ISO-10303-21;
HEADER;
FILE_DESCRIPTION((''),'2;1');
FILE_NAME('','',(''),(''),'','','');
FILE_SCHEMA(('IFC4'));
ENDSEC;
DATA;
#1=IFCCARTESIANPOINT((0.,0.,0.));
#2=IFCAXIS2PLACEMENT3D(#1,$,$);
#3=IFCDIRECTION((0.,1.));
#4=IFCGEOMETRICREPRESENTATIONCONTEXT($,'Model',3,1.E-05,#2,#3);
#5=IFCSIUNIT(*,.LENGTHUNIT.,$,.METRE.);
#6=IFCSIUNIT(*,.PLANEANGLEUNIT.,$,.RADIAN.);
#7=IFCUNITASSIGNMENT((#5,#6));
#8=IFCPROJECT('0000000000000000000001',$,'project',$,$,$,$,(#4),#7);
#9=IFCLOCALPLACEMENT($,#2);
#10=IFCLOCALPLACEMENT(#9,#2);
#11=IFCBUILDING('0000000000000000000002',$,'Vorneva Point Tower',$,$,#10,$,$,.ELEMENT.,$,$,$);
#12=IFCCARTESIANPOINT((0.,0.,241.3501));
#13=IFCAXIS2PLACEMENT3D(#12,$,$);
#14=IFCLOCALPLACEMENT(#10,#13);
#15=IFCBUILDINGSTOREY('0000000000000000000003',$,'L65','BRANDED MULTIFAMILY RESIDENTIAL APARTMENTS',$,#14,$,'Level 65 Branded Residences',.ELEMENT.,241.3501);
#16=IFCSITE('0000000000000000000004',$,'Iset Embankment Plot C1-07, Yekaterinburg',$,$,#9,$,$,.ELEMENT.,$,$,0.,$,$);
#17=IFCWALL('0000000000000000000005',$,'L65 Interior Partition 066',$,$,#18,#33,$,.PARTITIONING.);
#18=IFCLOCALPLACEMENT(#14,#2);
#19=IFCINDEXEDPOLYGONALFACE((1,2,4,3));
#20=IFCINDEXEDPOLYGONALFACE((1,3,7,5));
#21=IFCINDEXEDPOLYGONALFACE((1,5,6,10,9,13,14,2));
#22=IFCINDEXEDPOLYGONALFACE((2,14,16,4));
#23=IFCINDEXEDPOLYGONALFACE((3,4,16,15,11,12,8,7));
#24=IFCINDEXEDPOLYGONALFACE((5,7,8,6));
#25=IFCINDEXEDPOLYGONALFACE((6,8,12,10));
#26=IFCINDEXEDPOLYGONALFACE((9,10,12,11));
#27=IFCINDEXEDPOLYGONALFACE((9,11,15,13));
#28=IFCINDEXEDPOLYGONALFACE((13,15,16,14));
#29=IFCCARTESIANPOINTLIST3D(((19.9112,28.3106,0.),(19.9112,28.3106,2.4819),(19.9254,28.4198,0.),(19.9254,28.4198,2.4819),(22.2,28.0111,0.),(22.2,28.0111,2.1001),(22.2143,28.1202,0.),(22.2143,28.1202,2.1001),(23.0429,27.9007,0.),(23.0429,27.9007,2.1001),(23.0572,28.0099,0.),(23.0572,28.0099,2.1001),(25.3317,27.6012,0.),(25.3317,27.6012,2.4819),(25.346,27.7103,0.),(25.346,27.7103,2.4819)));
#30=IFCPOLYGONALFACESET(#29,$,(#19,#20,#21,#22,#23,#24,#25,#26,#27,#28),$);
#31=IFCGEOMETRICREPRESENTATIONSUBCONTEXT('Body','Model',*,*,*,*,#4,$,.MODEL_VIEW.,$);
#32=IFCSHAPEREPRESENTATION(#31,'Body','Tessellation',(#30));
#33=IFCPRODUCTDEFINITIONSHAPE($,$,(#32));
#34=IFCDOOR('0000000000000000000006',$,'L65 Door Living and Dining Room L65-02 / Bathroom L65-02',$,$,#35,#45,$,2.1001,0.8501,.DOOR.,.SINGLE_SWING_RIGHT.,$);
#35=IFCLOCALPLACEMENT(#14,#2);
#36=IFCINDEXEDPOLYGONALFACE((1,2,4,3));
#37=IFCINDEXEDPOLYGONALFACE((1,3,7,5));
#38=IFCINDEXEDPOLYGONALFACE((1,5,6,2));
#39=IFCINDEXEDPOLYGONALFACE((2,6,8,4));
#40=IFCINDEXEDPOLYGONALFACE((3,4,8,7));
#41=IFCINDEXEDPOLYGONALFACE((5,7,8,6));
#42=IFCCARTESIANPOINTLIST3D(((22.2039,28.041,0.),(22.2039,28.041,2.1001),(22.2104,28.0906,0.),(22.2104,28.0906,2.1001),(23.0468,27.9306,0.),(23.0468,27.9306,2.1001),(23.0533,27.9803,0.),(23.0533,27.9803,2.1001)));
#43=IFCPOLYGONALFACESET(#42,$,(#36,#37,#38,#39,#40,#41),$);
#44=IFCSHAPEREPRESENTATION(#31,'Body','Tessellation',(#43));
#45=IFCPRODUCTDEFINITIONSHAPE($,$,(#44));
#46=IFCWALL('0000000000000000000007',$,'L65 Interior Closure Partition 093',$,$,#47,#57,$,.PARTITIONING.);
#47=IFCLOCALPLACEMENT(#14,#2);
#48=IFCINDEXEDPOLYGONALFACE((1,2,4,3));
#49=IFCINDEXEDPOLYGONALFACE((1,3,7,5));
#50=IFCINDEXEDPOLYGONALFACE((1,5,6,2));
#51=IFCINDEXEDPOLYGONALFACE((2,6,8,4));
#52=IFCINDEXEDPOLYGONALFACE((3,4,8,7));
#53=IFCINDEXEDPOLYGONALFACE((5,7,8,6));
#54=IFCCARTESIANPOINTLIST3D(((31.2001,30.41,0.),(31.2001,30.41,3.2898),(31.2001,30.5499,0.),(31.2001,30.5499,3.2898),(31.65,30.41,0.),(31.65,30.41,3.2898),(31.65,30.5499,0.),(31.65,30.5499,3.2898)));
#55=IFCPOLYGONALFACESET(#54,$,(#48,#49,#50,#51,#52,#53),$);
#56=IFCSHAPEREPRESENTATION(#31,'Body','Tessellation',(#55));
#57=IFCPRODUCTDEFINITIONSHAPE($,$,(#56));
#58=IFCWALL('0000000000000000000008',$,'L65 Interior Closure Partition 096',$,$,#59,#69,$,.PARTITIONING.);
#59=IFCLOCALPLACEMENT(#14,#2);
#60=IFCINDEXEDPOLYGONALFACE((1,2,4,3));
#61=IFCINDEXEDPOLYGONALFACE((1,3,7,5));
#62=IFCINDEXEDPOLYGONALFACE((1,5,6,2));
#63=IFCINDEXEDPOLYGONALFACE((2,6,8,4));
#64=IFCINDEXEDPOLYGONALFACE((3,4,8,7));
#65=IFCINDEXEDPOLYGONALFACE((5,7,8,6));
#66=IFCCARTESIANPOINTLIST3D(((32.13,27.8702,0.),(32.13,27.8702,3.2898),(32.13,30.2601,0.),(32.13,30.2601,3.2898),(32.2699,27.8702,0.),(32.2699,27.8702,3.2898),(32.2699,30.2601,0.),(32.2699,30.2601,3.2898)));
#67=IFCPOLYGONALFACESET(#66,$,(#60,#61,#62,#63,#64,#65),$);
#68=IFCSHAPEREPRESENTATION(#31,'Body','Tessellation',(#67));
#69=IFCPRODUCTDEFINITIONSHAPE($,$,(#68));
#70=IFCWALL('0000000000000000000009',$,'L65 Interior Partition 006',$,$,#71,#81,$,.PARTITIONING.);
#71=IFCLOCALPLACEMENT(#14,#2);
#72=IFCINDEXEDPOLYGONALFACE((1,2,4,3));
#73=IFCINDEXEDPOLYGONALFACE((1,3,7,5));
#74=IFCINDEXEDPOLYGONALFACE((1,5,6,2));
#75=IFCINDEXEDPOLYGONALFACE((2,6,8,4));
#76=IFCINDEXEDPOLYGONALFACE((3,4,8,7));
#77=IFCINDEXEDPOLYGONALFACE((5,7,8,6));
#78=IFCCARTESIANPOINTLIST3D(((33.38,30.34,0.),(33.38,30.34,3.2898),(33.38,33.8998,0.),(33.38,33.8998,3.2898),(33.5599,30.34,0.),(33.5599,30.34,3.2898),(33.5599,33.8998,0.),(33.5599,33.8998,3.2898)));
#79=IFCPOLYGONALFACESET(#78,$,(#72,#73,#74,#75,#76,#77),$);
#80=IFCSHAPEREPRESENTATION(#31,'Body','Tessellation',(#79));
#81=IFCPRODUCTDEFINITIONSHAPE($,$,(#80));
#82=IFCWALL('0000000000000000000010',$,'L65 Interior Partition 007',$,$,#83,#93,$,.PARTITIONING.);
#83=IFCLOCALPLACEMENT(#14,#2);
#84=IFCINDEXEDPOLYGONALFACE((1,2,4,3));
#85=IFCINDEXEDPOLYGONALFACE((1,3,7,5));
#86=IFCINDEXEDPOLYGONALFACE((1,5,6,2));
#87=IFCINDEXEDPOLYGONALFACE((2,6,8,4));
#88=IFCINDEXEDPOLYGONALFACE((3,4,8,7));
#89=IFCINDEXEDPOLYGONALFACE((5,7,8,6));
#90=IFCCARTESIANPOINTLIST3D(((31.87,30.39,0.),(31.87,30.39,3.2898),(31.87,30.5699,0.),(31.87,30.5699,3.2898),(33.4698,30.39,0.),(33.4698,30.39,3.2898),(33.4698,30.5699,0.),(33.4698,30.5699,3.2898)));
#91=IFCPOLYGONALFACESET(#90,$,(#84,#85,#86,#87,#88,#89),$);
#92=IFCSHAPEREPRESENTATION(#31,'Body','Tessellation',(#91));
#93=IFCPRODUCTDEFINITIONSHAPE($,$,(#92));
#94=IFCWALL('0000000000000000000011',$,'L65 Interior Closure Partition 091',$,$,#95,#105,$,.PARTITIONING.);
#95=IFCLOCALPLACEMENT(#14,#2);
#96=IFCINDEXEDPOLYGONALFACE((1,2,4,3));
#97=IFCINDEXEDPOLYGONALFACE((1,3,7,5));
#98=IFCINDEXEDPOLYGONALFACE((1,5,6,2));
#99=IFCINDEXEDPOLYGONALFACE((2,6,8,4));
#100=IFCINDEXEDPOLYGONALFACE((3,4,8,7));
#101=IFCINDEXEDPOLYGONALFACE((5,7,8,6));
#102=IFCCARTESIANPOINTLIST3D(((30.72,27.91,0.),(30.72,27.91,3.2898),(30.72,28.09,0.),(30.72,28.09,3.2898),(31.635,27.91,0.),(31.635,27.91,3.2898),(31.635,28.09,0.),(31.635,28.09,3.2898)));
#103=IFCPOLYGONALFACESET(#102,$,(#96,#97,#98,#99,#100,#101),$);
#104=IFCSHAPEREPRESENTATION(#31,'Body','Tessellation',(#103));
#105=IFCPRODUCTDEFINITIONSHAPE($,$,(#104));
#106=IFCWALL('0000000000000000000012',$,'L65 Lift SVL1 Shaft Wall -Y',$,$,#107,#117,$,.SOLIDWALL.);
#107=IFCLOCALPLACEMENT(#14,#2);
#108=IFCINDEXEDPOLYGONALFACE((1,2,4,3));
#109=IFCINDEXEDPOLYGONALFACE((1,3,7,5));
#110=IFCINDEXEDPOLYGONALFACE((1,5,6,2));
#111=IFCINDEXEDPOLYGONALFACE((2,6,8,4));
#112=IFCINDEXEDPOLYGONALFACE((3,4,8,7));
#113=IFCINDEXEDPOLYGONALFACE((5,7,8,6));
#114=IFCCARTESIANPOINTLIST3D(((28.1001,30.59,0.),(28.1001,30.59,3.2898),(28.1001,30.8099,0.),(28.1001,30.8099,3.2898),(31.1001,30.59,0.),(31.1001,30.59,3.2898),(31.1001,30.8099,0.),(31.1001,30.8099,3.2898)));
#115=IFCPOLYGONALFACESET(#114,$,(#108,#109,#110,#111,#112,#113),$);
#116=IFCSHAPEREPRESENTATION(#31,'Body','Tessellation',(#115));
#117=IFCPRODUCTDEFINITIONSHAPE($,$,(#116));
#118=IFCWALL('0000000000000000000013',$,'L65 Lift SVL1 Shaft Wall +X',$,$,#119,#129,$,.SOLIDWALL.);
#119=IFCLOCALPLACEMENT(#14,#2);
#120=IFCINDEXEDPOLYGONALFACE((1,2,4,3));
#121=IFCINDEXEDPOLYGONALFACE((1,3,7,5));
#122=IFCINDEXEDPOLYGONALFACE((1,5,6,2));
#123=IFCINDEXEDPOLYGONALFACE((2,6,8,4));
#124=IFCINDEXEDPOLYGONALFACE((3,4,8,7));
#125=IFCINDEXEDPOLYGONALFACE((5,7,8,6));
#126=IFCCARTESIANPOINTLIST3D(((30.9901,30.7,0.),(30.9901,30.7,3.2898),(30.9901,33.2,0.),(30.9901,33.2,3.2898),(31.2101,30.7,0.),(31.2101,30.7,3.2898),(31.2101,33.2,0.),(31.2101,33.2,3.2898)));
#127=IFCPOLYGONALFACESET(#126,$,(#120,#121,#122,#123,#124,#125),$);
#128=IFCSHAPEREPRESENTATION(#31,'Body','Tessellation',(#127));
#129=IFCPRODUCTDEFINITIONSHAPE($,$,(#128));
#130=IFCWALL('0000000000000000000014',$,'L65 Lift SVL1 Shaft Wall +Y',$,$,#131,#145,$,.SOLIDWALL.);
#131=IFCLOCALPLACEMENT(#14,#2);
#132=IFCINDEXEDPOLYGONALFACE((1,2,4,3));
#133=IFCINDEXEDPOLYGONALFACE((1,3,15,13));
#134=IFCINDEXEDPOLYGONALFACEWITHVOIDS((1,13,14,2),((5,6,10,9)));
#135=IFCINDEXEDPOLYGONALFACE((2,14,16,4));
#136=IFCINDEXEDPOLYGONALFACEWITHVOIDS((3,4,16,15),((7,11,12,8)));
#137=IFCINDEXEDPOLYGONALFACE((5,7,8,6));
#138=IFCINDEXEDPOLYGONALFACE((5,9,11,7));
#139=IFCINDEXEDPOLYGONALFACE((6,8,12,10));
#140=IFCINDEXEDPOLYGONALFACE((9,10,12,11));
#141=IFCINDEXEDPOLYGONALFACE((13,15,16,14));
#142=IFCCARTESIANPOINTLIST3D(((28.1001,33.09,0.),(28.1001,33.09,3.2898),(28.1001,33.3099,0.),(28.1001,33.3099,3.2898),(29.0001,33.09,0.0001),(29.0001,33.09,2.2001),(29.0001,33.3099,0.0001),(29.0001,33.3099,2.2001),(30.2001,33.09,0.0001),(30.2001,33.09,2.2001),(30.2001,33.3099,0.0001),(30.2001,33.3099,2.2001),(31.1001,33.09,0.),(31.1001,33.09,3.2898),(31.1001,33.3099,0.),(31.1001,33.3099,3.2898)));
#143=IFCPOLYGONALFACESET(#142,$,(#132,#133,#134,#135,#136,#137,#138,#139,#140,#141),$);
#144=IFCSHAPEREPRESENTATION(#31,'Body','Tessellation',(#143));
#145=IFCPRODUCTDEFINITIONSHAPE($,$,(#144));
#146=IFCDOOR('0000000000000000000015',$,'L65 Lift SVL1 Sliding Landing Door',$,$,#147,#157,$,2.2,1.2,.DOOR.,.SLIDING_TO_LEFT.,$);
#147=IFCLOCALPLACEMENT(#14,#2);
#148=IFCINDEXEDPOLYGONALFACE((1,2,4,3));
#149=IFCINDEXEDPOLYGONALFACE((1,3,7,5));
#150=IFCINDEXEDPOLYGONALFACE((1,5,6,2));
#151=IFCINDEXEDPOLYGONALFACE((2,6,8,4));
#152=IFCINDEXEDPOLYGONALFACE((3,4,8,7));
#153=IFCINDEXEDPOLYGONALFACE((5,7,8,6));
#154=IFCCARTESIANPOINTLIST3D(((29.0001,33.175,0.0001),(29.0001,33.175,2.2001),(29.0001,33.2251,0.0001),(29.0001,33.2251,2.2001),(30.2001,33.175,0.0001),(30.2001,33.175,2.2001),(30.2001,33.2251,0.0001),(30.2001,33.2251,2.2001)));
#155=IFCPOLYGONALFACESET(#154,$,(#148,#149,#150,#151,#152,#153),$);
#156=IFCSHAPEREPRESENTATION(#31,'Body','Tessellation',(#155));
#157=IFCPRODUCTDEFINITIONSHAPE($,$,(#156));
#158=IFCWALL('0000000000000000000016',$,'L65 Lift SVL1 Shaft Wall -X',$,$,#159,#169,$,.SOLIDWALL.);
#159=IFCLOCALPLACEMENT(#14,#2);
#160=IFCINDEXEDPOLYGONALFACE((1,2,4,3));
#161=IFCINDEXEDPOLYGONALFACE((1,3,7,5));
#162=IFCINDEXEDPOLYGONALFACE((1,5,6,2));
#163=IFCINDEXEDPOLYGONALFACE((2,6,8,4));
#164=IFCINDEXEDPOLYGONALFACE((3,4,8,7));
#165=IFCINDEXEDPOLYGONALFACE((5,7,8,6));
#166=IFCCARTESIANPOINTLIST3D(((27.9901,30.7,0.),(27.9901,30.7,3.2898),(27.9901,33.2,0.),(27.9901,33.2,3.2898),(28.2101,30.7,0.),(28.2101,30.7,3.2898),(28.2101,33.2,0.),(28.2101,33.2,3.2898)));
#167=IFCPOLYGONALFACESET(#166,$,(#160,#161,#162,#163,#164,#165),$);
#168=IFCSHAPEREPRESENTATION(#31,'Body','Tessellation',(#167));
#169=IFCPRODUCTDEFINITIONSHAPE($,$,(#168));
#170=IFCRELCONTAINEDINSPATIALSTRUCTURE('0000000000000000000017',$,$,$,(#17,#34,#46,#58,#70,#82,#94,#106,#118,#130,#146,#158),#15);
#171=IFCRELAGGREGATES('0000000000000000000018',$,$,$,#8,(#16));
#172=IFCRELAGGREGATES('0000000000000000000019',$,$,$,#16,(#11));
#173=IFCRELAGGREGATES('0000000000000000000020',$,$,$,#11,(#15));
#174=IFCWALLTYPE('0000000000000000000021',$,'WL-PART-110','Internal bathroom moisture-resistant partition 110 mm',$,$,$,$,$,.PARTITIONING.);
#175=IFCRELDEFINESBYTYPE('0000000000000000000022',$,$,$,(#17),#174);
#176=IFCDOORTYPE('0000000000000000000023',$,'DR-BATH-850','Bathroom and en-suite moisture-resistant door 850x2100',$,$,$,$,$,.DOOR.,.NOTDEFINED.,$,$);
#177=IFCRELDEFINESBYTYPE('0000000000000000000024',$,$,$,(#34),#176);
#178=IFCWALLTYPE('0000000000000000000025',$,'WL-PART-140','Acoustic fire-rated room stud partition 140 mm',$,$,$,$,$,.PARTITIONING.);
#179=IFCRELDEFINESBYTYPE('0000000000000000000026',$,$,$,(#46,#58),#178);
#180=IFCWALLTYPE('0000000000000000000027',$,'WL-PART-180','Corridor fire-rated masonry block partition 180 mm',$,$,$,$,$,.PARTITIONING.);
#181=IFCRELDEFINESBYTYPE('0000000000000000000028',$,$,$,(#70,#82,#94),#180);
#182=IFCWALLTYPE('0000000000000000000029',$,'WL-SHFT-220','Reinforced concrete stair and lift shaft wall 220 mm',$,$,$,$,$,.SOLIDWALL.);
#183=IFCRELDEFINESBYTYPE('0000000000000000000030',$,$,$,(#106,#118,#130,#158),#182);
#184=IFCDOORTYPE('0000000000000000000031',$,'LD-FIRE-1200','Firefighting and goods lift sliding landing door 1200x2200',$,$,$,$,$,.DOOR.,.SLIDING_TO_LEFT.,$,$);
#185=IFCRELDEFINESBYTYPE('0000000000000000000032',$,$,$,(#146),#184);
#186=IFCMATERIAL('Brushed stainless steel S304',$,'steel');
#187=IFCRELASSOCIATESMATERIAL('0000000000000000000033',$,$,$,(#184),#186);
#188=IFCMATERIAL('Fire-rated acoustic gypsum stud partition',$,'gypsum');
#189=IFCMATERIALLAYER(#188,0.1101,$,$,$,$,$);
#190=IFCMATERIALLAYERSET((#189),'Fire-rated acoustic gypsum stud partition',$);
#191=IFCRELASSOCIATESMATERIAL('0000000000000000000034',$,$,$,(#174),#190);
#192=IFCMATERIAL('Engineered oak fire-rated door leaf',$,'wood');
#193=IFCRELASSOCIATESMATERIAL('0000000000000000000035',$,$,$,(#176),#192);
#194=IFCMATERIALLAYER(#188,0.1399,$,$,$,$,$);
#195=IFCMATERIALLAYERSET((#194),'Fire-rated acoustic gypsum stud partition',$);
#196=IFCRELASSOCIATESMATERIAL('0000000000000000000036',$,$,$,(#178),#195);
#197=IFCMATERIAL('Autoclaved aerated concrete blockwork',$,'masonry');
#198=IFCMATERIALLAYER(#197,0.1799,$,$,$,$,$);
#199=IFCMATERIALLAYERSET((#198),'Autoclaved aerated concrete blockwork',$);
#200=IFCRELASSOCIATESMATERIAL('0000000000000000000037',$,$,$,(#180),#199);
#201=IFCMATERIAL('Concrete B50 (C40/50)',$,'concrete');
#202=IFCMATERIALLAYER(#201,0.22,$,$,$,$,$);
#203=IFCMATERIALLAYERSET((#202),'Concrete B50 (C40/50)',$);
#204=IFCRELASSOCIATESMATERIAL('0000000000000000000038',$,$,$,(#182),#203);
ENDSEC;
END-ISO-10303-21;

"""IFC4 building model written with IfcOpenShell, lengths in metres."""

from ifc_helpers import new_model, si_unit, direction, frame, frame_2d, origin, place, context, subcontext, project, spatial, rectangle, extrude, material, layer, layer_set, type_object, element, fill, save


model = new_model("IFC4")

# Units and contexts
model_context = context("Model", 3, precision=1e-05, world=origin(), true_north=direction((0.0, 1.0)))
body_context = subcontext(model_context, "Body", "Model", "MODEL_VIEW")
ifc_project = project(units=[si_unit("LENGTHUNIT", "METRE"), si_unit("PLANEANGLEUNIT", "RADIAN")], contexts=[model_context])

# Site, building, storey
site_placement = place(None, origin())
site = spatial("IfcSite", under=ifc_project, at=site_placement, Name="Iset Embankment Plot C1-07, Yekaterinburg", CompositionType="ELEMENT", RefElevation=0.0)
building_placement = place(site_placement, origin())
building = spatial("IfcBuilding", under=site, at=building_placement, Name="Vorneva Point Tower", CompositionType="ELEMENT")
storey_placement = place(building_placement, frame((0.0, 0.0, 241.3501)))
storey = spatial("IfcBuildingStorey", under=building, at=storey_placement, Name="L65", Description="BRANDED MULTIFAMILY RESIDENTIAL APARTMENTS", LongName="Level 65 Branded Residences", CompositionType="ELEMENT", Elevation=241.3501)

# Shared definitions
ifc_material_1 = material(Name="Concrete B50 (C40/50)", Category="concrete")

# Shared definitions
ifc_material_2 = material(Name="Brushed stainless steel S304", Category="steel")
door_type_1 = type_object("IfcDoorType", Name="LD-FIRE-1200", Description="Firefighting and goods lift sliding landing door 1200x2200", OperationType="SLIDING_TO_LEFT", PredefinedType="DOOR", material=ifc_material_2)

# Shared definitions
ifc_material_3 = material(Name="Fire-rated acoustic gypsum stud partition", Category="gypsum")
ifc_layer_1 = layer(ifc_material_3, 0.1101)
ifc_layer_set_1 = layer_set([ifc_layer_1], Name="Fire-rated acoustic gypsum stud partition")
wall_type_1 = type_object("IfcWallType", Name="WL-PART-110", Description="Internal bathroom moisture-resistant partition 110 mm", PredefinedType="PARTITIONING", material=ifc_layer_set_1)

# Wall, opening, door
wall_1_placement = place(storey_placement, frame((25.3389, 27.6558, 0.0), z_axis=(0.0, 0.0, 1.0), x_axis=(-0.991543, 0.129776, 0.0)))
wall_1 = element("IfcWall", 1, at=wall_1_placement, inside=storey, type_object=wall_type_1, Name="L65 Interior Partition 066", PredefinedType="PARTITIONING", context=body_context, shape_type="SweptSolid", body=[
    extrude(rectangle(XDim=5.4668, YDim=0.1101, at=frame_2d((2.7334, 0.0))), origin(), (0.0, 0.0, 1.0), 2.4819),
])
opening_1_placement = place(wall_1_placement, frame((2.3083, 0.0, 0.0)))
opening_1 = element("IfcOpeningElement", 2, at=opening_1_placement, cuts=wall_1, PredefinedType="OPENING", context=body_context, shape_type="SweptSolid", body=[
    extrude(rectangle(XDim=0.8501, YDim=2.1001, at=frame_2d((0.425, 1.05))), frame((0.0, 0.0698, 0.0), z_axis=(0.0, -1.0, 0.0), x_axis=(1.0, 0.0, 0.0)), (0.0, 0.0, 1.0), 0.1399),
])
ifc_material_4 = material(Name="Engineered oak fire-rated door leaf", Category="wood")
door_type_2 = type_object("IfcDoorType", Name="DR-BATH-850", Description="Bathroom and en-suite moisture-resistant door 850x2100", OperationType="NOTDEFINED", PredefinedType="DOOR", material=ifc_material_4)
door_1_placement = place(opening_1_placement, origin())
door_1 = element("IfcDoor", 3, at=door_1_placement, inside=storey, type_object=door_type_2, Name="L65 Door Living and Dining Room L65-02 / Bathroom L65-02", OperationType="SINGLE_SWING_RIGHT", OverallHeight=2.1001, OverallWidth=0.8501, PredefinedType="DOOR", context=body_context, shape_type="SweptSolid", body=[
    extrude(rectangle(XDim=0.8501, YDim=2.1001, at=frame_2d((0.425, 1.05))), frame((0.0, 0.0249, 0.0), z_axis=(0.0, -1.0, 0.0), x_axis=(1.0, 0.0, 0.0)), (0.0, 0.0, 1.0), 0.05),
])
fill(opening_1, door_1)

# Walls
ifc_layer_2 = layer(ifc_material_3, 0.1399)
ifc_layer_set_2 = layer_set([ifc_layer_2], Name="Fire-rated acoustic gypsum stud partition")
wall_type_2 = type_object("IfcWallType", Name="WL-PART-140", Description="Acoustic fire-rated room stud partition 140 mm", PredefinedType="PARTITIONING", material=ifc_layer_set_2)
wall_2_placement = place(storey_placement, frame((31.2, 30.48, 0.0), z_axis=(0.0, 0.0, 1.0), x_axis=(1.0, 0.0, 0.0)))
element("IfcWall", 4, at=wall_2_placement, inside=storey, type_object=wall_type_2, Name="L65 Interior Closure Partition 093", PredefinedType="PARTITIONING", context=body_context, shape_type="SweptSolid", body=[
    extrude(rectangle(XDim=0.45, YDim=0.1399, at=frame_2d((0.2251, 0.0))), origin(), (0.0, 0.0, 1.0), 3.2898),
])
wall_3_placement = place(storey_placement, frame((32.2, 30.26, 0.0), z_axis=(0.0, 0.0, 1.0), x_axis=(0.0, -1.0, 0.0)))
element("IfcWall", 5, at=wall_3_placement, inside=storey, type_object=wall_type_2, Name="L65 Interior Closure Partition 096", PredefinedType="PARTITIONING", context=body_context, shape_type="SweptSolid", body=[
    extrude(rectangle(XDim=2.3899, YDim=0.1399, at=frame_2d((1.1948, 0.0))), origin(), (0.0, 0.0, 1.0), 3.2898),
])

# Shared definitions
ifc_material_5 = material(Name="Autoclaved aerated concrete blockwork", Category="masonry")
ifc_layer_3 = layer(ifc_material_5, 0.1799)
ifc_layer_set_3 = layer_set([ifc_layer_3], Name="Autoclaved aerated concrete blockwork")
wall_type_3 = type_object("IfcWallType", Name="WL-PART-180", Description="Corridor fire-rated masonry block partition 180 mm", PredefinedType="PARTITIONING", material=ifc_layer_set_3)

# Walls
wall_4_placement = place(storey_placement, frame((33.47, 30.3401, 0.0), z_axis=(0.0, 0.0, 1.0), x_axis=(0.0, 1.0, 0.0)))
element("IfcWall", 6, at=wall_4_placement, inside=storey, type_object=wall_type_3, Name="L65 Interior Partition 006", PredefinedType="PARTITIONING", context=body_context, shape_type="SweptSolid", body=[
    extrude(rectangle(XDim=3.5598, YDim=0.1799, at=frame_2d((1.7798, 0.0))), origin(), (0.0, 0.0, 1.0), 3.2898),
])
wall_5_placement = place(storey_placement, frame((31.8701, 30.48, 0.0), z_axis=(0.0, 0.0, 1.0), x_axis=(1.0, 0.0, 0.0)))
element("IfcWall", 7, at=wall_5_placement, inside=storey, type_object=wall_type_3, Name="L65 Interior Partition 007", PredefinedType="PARTITIONING", context=body_context, shape_type="SweptSolid", body=[
    extrude(rectangle(XDim=1.5999, YDim=0.1799, at=frame_2d((0.7998, 0.0))), origin(), (0.0, 0.0, 1.0), 3.2898),
])
wall_6_placement = place(storey_placement, frame((31.635, 28.0, 0.0), z_axis=(0.0, 0.0, 1.0), x_axis=(-1.0, 0.0, 0.0)))
element("IfcWall", 8, at=wall_6_placement, inside=storey, type_object=wall_type_3, Name="L65 Interior Closure Partition 091", PredefinedType="PARTITIONING", context=body_context, shape_type="SweptSolid", body=[
    extrude(rectangle(XDim=0.915, YDim=0.1799, at=frame_2d((0.4575, 0.0))), origin(), (0.0, 0.0, 1.0), 3.2898),
])
ifc_layer_4 = layer(ifc_material_1, 0.22)
ifc_layer_set_4 = layer_set([ifc_layer_4], Name="Concrete B50 (C40/50)")
wall_type_4 = type_object("IfcWallType", Name="WL-SHFT-220", Description="Reinforced concrete stair and lift shaft wall 220 mm", PredefinedType="SOLIDWALL", material=ifc_layer_set_4)
wall_7_placement = place(storey_placement, frame((28.1001, 30.7, 0.0), z_axis=(0.0, 0.0, 1.0), x_axis=(1.0, 0.0, 0.0)))
element("IfcWall", 9, at=wall_7_placement, inside=storey, type_object=wall_type_4, Name="L65 Lift SVL1 Shaft Wall -Y", PredefinedType="SOLIDWALL", context=body_context, shape_type="SweptSolid", body=[
    extrude(rectangle(XDim=3.0, YDim=0.22, at=frame_2d((1.5, 0.0))), origin(), (0.0, 0.0, 1.0), 3.2898),
])
wall_8_placement = place(storey_placement, frame((31.1001, 30.7, 0.0), z_axis=(0.0, 0.0, 1.0), x_axis=(0.0, 1.0, 0.0)))
element("IfcWall", 10, at=wall_8_placement, inside=storey, type_object=wall_type_4, Name="L65 Lift SVL1 Shaft Wall +X", PredefinedType="SOLIDWALL", context=body_context, shape_type="SweptSolid", body=[
    extrude(rectangle(XDim=2.5, YDim=0.22, at=frame_2d((1.25, 0.0))), origin(), (0.0, 0.0, 1.0), 3.2898),
])

# Wall, opening, door
wall_9_placement = place(storey_placement, frame((31.1001, 33.2, 0.0), z_axis=(0.0, 0.0, 1.0), x_axis=(-1.0, 0.0, 0.0)))
wall_9 = element("IfcWall", 11, at=wall_9_placement, inside=storey, type_object=wall_type_4, Name="L65 Lift SVL1 Shaft Wall +Y", PredefinedType="SOLIDWALL", context=body_context, shape_type="SweptSolid", body=[
    extrude(rectangle(XDim=3.0, YDim=0.22, at=frame_2d((1.5, 0.0))), origin(), (0.0, 0.0, 1.0), 3.2898),
])
opening_2_placement = place(wall_9_placement, frame((0.8999, 0.0, 0.0)))
opening_2 = element("IfcOpeningElement", 12, at=opening_2_placement, cuts=wall_9, PredefinedType="OPENING", context=body_context, shape_type="SweptSolid", body=[
    extrude(rectangle(XDim=1.2, YDim=2.2, at=frame_2d((0.6001, 1.1001))), frame((0.0, 0.125, 0.0), z_axis=(0.0, -1.0, 0.0), x_axis=(1.0, 0.0, 0.0)), (0.0, 0.0, 1.0), 0.2498),
])
door_2_placement = place(opening_2_placement, origin())
door_2 = element("IfcDoor", 13, at=door_2_placement, inside=storey, type_object=door_type_1, Name="L65 Lift SVL1 Sliding Landing Door", OperationType="SLIDING_TO_LEFT", OverallHeight=2.2, OverallWidth=1.2, PredefinedType="DOOR", context=body_context, shape_type="SweptSolid", body=[
    extrude(rectangle(XDim=1.2, YDim=2.2, at=frame_2d((0.6001, 1.1001))), frame((0.0, 0.0249, 0.0), z_axis=(0.0, -1.0, 0.0), x_axis=(1.0, 0.0, 0.0)), (0.0, 0.0, 1.0), 0.05),
])
fill(opening_2, door_2)

# Wall
wall_10_placement = place(storey_placement, frame((28.1001, 33.2, 0.0), z_axis=(0.0, 0.0, 1.0), x_axis=(0.0, -1.0, 0.0)))
element("IfcWall", 14, at=wall_10_placement, inside=storey, type_object=wall_type_4, Name="L65 Lift SVL1 Shaft Wall -X", PredefinedType="SOLIDWALL", context=body_context, shape_type="SweptSolid", body=[
    extrude(rectangle(XDim=2.5, YDim=0.22, at=frame_2d((1.25, 0.0))), origin(), (0.0, 0.0, 1.0), 3.2898),
])

save(model, "model.ifc")
